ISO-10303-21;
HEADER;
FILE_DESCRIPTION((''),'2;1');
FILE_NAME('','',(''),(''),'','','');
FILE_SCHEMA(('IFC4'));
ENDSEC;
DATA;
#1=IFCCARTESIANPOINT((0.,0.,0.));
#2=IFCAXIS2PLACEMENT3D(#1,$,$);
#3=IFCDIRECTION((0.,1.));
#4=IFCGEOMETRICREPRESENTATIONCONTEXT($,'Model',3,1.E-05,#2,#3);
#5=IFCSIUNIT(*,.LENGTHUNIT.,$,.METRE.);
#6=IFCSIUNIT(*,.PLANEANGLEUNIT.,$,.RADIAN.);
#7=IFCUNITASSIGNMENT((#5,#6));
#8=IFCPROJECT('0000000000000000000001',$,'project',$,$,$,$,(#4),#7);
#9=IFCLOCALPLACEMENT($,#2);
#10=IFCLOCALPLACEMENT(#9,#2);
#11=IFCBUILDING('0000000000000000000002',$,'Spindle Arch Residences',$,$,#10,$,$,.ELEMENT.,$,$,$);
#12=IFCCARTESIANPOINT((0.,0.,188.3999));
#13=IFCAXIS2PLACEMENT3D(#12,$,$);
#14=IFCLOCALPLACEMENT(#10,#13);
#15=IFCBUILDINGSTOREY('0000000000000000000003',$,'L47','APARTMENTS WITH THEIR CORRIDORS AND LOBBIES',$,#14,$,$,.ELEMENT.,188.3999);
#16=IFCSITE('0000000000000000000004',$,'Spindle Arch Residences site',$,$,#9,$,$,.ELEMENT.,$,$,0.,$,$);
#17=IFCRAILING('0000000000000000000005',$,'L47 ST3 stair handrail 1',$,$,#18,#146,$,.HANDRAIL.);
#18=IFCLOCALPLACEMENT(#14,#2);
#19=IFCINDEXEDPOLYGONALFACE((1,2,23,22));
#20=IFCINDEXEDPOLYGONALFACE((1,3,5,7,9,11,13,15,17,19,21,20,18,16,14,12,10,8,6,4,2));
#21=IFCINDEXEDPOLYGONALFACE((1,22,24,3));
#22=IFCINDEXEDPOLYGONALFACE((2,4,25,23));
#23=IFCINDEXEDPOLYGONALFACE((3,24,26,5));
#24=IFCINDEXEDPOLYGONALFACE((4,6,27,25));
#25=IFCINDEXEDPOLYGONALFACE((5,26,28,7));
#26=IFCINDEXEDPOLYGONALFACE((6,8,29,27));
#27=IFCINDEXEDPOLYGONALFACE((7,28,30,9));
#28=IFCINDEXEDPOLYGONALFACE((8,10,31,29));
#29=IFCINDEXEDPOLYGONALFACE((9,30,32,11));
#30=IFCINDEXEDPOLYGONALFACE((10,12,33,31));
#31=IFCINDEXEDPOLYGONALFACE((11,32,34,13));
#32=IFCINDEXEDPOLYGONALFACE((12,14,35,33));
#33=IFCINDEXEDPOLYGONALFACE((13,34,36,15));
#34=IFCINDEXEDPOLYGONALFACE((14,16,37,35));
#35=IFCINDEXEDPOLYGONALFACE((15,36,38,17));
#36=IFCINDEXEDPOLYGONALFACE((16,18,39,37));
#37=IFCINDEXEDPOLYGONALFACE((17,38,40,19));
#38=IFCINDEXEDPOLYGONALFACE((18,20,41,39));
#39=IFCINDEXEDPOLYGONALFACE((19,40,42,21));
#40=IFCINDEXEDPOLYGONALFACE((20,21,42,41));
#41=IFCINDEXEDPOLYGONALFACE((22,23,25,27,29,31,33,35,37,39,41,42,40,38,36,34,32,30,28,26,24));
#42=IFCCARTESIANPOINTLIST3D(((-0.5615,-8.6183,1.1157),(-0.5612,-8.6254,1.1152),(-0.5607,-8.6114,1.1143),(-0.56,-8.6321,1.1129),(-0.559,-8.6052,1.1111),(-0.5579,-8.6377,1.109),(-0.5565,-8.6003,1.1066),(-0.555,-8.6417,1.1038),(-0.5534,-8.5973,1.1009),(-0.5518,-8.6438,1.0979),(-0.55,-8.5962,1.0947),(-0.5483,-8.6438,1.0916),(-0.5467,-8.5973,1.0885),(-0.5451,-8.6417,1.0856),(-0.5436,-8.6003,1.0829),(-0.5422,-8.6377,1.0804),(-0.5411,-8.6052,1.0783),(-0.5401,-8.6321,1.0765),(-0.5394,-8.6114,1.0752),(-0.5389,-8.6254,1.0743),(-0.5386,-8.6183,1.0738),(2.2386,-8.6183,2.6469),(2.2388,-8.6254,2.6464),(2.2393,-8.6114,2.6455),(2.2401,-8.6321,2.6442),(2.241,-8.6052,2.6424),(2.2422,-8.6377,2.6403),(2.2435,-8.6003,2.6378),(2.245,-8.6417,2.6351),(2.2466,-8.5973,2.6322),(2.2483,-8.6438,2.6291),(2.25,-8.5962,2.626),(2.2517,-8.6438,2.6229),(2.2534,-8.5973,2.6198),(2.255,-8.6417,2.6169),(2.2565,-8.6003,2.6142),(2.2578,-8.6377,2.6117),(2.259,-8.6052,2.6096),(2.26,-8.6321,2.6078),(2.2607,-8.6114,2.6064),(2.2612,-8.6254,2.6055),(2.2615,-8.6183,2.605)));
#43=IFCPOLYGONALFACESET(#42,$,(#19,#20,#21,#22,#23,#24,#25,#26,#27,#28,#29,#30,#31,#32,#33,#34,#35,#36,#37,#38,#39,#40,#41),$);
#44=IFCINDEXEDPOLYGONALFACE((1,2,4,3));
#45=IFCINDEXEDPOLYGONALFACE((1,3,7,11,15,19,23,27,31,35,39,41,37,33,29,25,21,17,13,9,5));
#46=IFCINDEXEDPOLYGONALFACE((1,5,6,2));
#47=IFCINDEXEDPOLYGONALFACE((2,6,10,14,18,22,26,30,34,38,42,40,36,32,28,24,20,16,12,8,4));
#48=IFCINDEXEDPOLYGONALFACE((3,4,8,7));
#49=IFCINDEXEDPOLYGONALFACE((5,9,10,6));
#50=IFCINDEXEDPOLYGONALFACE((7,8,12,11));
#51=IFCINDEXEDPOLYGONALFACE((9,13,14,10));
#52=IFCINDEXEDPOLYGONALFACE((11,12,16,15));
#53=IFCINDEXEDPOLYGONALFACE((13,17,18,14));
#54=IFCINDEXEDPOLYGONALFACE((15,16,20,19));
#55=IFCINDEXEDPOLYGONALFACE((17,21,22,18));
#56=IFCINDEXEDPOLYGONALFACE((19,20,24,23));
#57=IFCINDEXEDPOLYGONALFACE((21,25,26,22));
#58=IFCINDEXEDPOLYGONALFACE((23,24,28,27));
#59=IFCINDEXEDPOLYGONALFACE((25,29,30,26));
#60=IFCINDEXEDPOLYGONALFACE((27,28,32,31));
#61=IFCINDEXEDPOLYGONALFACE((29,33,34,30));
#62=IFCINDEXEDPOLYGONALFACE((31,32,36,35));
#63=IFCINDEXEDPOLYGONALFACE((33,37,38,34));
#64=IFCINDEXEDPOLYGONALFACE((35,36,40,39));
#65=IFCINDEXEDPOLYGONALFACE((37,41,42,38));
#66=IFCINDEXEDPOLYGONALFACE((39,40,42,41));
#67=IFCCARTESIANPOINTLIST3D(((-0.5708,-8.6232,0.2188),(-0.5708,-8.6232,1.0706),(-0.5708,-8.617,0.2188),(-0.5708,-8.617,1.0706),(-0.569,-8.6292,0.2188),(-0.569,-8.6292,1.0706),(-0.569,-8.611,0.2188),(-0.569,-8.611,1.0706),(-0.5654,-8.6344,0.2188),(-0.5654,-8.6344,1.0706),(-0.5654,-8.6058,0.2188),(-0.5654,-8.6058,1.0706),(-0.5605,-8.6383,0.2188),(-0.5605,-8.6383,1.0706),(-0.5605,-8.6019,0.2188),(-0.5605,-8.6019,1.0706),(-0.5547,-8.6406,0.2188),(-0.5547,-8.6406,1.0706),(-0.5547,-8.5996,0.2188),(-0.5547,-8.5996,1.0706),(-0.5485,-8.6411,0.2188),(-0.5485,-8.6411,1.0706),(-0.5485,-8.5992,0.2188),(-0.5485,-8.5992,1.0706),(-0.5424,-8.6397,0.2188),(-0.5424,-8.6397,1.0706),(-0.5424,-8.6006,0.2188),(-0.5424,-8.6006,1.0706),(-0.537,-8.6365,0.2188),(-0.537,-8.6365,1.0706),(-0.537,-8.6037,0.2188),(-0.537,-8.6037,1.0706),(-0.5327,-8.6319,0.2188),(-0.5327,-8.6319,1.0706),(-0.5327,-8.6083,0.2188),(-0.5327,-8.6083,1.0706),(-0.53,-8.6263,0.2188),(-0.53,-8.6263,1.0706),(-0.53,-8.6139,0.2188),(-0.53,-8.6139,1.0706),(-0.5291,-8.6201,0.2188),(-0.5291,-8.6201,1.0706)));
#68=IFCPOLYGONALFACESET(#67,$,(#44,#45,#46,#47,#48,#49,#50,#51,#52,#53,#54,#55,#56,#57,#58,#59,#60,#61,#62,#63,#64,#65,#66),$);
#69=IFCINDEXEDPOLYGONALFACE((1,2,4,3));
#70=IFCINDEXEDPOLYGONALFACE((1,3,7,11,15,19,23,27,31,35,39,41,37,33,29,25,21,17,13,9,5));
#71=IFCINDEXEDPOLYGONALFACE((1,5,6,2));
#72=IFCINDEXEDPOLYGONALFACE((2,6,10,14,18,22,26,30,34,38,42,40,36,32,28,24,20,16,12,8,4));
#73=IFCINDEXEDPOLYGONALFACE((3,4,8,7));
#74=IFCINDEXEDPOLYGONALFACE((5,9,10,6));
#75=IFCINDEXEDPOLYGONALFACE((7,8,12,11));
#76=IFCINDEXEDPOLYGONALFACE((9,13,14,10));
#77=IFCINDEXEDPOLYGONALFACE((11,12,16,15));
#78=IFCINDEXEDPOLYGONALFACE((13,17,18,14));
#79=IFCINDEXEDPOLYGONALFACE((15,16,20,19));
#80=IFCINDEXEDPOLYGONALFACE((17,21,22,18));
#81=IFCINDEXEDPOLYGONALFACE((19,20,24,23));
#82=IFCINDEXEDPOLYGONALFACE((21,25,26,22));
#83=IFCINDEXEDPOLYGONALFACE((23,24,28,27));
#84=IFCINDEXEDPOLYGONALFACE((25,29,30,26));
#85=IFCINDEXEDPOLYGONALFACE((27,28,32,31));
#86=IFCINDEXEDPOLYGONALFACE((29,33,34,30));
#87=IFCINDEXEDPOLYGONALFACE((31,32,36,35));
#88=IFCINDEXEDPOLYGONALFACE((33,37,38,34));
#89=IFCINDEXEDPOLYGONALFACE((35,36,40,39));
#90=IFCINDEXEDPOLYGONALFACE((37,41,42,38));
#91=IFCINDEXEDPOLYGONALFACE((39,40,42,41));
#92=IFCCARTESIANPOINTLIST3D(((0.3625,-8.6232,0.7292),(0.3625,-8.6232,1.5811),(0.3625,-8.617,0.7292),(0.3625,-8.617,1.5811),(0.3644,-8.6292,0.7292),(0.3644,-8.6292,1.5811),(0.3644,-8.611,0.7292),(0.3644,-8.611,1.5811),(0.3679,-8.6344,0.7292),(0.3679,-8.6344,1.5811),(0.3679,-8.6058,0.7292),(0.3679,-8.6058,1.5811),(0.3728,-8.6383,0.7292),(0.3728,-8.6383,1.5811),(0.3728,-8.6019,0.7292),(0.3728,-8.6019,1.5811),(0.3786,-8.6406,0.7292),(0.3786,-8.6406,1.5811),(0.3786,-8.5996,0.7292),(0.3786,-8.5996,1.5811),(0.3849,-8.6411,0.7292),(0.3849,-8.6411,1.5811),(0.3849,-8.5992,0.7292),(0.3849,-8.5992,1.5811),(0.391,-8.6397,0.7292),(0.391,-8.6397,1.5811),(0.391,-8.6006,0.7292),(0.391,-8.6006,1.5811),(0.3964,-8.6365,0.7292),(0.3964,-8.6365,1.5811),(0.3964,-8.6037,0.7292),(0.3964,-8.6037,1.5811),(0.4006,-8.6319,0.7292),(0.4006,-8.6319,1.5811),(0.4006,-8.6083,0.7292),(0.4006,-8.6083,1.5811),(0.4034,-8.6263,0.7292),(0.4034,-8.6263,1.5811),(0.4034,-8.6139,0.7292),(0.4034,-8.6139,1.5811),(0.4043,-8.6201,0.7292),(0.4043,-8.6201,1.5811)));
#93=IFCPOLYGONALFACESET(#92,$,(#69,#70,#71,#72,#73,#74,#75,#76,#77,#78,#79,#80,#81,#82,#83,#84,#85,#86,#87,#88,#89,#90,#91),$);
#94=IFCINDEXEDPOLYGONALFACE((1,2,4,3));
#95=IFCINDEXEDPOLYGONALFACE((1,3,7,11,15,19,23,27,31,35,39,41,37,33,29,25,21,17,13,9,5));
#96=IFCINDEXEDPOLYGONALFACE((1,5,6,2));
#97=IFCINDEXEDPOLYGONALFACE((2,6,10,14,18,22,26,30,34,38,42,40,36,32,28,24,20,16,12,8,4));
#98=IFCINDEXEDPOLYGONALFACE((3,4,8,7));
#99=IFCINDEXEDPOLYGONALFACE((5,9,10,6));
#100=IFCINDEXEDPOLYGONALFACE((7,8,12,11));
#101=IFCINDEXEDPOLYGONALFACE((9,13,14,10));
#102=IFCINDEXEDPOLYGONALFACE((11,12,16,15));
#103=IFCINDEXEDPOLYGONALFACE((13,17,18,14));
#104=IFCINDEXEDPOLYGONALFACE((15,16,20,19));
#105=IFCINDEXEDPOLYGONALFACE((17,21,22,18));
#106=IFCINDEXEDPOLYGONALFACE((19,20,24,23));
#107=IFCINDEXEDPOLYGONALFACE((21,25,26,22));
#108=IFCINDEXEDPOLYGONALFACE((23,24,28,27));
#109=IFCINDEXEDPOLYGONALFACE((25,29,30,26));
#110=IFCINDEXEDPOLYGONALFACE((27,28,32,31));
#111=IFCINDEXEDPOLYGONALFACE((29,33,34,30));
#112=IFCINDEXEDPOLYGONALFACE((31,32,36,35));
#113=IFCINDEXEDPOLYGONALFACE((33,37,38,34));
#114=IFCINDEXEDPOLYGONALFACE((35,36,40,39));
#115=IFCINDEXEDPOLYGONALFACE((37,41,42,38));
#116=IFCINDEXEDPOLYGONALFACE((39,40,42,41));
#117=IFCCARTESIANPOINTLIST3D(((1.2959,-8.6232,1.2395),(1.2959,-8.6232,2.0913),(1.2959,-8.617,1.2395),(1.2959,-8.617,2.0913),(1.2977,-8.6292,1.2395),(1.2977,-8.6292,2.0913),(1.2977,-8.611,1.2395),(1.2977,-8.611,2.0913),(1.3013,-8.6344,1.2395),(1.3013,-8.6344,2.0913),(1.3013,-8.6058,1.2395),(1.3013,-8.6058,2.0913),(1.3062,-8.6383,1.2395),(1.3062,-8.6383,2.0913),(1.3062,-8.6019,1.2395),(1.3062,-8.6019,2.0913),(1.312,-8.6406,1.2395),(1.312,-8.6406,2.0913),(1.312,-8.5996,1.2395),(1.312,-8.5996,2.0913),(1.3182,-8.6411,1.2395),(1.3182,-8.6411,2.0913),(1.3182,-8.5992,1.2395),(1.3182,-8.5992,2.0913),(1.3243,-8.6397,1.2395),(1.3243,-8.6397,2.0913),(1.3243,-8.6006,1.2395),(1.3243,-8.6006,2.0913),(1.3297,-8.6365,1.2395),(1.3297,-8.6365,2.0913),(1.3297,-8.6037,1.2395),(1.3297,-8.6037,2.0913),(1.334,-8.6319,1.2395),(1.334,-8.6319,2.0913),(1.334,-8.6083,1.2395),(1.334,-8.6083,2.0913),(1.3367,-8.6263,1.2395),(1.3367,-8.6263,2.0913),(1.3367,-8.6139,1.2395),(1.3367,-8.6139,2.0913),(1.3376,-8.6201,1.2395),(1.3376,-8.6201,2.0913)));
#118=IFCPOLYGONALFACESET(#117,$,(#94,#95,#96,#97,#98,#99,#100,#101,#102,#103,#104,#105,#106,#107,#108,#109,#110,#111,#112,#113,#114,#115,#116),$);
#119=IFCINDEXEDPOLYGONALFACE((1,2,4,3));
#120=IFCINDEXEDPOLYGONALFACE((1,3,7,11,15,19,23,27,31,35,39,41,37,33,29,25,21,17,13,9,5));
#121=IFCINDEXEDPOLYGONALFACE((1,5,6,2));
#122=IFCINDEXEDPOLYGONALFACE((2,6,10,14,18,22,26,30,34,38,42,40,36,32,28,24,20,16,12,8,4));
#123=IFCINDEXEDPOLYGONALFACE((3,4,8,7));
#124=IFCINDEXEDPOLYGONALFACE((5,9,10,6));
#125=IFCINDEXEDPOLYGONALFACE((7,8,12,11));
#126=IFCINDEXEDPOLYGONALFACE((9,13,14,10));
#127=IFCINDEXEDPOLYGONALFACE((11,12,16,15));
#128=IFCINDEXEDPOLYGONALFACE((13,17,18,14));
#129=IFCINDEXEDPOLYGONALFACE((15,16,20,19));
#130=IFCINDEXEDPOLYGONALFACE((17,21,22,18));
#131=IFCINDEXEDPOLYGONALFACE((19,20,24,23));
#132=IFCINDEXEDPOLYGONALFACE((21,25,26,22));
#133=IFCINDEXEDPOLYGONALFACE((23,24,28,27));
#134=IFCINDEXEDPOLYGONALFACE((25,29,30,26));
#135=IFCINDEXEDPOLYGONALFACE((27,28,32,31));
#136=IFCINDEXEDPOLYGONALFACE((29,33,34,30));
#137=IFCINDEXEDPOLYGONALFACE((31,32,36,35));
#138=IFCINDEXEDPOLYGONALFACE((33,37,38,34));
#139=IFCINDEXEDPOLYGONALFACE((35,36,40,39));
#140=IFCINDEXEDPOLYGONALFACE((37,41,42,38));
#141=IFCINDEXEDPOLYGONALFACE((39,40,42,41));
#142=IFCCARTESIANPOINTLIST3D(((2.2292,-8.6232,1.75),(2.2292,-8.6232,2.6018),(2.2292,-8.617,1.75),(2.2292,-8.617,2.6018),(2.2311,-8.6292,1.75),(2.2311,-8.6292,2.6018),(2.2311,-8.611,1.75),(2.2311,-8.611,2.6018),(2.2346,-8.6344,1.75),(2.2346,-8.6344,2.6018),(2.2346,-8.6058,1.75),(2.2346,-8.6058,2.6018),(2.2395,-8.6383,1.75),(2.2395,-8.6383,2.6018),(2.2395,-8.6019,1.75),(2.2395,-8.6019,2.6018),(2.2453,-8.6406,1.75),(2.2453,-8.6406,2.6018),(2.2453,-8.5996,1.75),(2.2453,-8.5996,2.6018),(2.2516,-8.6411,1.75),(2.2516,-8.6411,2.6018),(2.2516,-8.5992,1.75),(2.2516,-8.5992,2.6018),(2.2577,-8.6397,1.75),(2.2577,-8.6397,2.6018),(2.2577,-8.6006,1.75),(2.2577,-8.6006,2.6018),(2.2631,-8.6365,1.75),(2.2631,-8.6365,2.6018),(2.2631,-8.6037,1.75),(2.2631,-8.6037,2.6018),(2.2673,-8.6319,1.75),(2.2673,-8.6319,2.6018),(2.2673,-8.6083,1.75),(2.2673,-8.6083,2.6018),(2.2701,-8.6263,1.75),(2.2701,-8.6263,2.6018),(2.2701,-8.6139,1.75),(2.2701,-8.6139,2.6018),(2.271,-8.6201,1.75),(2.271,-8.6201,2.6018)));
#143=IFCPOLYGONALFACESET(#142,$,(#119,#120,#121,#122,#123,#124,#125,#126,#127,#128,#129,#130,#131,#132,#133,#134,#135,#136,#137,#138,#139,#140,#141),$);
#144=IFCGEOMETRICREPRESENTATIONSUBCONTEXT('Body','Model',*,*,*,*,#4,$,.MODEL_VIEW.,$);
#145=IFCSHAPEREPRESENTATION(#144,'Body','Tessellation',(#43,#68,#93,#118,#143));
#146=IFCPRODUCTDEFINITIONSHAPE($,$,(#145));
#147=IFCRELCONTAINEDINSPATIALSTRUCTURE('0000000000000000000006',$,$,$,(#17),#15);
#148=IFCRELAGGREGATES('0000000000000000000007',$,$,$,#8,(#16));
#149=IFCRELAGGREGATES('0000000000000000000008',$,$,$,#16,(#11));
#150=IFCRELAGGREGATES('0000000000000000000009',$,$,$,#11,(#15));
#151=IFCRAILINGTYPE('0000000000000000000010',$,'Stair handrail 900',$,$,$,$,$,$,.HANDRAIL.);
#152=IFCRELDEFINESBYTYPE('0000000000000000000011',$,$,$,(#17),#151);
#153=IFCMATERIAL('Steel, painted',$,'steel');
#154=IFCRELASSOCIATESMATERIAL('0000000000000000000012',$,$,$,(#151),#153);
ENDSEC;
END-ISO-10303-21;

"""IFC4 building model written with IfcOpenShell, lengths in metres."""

from ifc_helpers import new_model, si_unit, direction, frame, origin, origin_2d, place, context, subcontext, project, spatial, circle, extrude, material, type_object, element, save


model = new_model("IFC4")

# Units and contexts
model_context = context("Model", 3, precision=1e-05, world=origin(), true_north=direction((0.0, 1.0)))
body_context = subcontext(model_context, "Body", "Model", "MODEL_VIEW")
ifc_project = project(units=[si_unit("LENGTHUNIT", "METRE"), si_unit("PLANEANGLEUNIT", "RADIAN")], contexts=[model_context])

# Site, building, storey
site_placement = place(None, origin())
site = spatial("IfcSite", under=ifc_project, at=site_placement, Name="Spindle Arch Residences site", CompositionType="ELEMENT", RefElevation=0.0)
building_placement = place(site_placement, origin())
building = spatial("IfcBuilding", under=site, at=building_placement, Name="Spindle Arch Residences", CompositionType="ELEMENT")
storey_placement = place(building_placement, frame((0.0, 0.0, 188.3999)))
storey = spatial("IfcBuildingStorey", under=building, at=storey_placement, Name="L47", Description="APARTMENTS WITH THEIR CORRIDORS AND LOBBIES", CompositionType="ELEMENT", Elevation=188.3999)

# Railing
ifc_material_1 = material(Name="Steel, painted", Category="steel")
railing_type_1 = type_object("IfcRailingType", Name="Stair handrail 900", PredefinedType="HANDRAIL", material=ifc_material_1)
railing_1_placement = place(storey_placement, frame((-0.55, -8.6201, 0.2188)))
element("IfcRailing", 1, at=railing_1_placement, inside=storey, type_object=railing_type_1, Name="L47 ST3 stair handrail 1", PredefinedType="HANDRAIL", context=body_context, shape_type="SweptSolid", body=[
    extrude(circle(Radius=0.0239, at=origin_2d()), frame((0.0, 0.0, 0.876), z_axis=(0.877375, 0.0, 0.479806), x_axis=(0.0, 1.0, 0.0)), (0.0, 0.0, 1.0), 3.1914),
    extrude(circle(Radius=0.021, at=origin_2d()), origin(), (0.0, 0.0, 1.0), 0.8518),
    extrude(circle(Radius=0.021, at=origin_2d()), frame((0.9333, 0.0, 0.5105)), (0.0, 0.0, 1.0), 0.8518),
    extrude(circle(Radius=0.021, at=origin_2d()), frame((1.8667, 0.0, 1.0208)), (0.0, 0.0, 1.0), 0.8518),
    extrude(circle(Radius=0.021, at=origin_2d()), frame((2.8, 0.0, 1.5312)), (0.0, 0.0, 1.0), 0.8518),
])

save(model, "model.ifc")
